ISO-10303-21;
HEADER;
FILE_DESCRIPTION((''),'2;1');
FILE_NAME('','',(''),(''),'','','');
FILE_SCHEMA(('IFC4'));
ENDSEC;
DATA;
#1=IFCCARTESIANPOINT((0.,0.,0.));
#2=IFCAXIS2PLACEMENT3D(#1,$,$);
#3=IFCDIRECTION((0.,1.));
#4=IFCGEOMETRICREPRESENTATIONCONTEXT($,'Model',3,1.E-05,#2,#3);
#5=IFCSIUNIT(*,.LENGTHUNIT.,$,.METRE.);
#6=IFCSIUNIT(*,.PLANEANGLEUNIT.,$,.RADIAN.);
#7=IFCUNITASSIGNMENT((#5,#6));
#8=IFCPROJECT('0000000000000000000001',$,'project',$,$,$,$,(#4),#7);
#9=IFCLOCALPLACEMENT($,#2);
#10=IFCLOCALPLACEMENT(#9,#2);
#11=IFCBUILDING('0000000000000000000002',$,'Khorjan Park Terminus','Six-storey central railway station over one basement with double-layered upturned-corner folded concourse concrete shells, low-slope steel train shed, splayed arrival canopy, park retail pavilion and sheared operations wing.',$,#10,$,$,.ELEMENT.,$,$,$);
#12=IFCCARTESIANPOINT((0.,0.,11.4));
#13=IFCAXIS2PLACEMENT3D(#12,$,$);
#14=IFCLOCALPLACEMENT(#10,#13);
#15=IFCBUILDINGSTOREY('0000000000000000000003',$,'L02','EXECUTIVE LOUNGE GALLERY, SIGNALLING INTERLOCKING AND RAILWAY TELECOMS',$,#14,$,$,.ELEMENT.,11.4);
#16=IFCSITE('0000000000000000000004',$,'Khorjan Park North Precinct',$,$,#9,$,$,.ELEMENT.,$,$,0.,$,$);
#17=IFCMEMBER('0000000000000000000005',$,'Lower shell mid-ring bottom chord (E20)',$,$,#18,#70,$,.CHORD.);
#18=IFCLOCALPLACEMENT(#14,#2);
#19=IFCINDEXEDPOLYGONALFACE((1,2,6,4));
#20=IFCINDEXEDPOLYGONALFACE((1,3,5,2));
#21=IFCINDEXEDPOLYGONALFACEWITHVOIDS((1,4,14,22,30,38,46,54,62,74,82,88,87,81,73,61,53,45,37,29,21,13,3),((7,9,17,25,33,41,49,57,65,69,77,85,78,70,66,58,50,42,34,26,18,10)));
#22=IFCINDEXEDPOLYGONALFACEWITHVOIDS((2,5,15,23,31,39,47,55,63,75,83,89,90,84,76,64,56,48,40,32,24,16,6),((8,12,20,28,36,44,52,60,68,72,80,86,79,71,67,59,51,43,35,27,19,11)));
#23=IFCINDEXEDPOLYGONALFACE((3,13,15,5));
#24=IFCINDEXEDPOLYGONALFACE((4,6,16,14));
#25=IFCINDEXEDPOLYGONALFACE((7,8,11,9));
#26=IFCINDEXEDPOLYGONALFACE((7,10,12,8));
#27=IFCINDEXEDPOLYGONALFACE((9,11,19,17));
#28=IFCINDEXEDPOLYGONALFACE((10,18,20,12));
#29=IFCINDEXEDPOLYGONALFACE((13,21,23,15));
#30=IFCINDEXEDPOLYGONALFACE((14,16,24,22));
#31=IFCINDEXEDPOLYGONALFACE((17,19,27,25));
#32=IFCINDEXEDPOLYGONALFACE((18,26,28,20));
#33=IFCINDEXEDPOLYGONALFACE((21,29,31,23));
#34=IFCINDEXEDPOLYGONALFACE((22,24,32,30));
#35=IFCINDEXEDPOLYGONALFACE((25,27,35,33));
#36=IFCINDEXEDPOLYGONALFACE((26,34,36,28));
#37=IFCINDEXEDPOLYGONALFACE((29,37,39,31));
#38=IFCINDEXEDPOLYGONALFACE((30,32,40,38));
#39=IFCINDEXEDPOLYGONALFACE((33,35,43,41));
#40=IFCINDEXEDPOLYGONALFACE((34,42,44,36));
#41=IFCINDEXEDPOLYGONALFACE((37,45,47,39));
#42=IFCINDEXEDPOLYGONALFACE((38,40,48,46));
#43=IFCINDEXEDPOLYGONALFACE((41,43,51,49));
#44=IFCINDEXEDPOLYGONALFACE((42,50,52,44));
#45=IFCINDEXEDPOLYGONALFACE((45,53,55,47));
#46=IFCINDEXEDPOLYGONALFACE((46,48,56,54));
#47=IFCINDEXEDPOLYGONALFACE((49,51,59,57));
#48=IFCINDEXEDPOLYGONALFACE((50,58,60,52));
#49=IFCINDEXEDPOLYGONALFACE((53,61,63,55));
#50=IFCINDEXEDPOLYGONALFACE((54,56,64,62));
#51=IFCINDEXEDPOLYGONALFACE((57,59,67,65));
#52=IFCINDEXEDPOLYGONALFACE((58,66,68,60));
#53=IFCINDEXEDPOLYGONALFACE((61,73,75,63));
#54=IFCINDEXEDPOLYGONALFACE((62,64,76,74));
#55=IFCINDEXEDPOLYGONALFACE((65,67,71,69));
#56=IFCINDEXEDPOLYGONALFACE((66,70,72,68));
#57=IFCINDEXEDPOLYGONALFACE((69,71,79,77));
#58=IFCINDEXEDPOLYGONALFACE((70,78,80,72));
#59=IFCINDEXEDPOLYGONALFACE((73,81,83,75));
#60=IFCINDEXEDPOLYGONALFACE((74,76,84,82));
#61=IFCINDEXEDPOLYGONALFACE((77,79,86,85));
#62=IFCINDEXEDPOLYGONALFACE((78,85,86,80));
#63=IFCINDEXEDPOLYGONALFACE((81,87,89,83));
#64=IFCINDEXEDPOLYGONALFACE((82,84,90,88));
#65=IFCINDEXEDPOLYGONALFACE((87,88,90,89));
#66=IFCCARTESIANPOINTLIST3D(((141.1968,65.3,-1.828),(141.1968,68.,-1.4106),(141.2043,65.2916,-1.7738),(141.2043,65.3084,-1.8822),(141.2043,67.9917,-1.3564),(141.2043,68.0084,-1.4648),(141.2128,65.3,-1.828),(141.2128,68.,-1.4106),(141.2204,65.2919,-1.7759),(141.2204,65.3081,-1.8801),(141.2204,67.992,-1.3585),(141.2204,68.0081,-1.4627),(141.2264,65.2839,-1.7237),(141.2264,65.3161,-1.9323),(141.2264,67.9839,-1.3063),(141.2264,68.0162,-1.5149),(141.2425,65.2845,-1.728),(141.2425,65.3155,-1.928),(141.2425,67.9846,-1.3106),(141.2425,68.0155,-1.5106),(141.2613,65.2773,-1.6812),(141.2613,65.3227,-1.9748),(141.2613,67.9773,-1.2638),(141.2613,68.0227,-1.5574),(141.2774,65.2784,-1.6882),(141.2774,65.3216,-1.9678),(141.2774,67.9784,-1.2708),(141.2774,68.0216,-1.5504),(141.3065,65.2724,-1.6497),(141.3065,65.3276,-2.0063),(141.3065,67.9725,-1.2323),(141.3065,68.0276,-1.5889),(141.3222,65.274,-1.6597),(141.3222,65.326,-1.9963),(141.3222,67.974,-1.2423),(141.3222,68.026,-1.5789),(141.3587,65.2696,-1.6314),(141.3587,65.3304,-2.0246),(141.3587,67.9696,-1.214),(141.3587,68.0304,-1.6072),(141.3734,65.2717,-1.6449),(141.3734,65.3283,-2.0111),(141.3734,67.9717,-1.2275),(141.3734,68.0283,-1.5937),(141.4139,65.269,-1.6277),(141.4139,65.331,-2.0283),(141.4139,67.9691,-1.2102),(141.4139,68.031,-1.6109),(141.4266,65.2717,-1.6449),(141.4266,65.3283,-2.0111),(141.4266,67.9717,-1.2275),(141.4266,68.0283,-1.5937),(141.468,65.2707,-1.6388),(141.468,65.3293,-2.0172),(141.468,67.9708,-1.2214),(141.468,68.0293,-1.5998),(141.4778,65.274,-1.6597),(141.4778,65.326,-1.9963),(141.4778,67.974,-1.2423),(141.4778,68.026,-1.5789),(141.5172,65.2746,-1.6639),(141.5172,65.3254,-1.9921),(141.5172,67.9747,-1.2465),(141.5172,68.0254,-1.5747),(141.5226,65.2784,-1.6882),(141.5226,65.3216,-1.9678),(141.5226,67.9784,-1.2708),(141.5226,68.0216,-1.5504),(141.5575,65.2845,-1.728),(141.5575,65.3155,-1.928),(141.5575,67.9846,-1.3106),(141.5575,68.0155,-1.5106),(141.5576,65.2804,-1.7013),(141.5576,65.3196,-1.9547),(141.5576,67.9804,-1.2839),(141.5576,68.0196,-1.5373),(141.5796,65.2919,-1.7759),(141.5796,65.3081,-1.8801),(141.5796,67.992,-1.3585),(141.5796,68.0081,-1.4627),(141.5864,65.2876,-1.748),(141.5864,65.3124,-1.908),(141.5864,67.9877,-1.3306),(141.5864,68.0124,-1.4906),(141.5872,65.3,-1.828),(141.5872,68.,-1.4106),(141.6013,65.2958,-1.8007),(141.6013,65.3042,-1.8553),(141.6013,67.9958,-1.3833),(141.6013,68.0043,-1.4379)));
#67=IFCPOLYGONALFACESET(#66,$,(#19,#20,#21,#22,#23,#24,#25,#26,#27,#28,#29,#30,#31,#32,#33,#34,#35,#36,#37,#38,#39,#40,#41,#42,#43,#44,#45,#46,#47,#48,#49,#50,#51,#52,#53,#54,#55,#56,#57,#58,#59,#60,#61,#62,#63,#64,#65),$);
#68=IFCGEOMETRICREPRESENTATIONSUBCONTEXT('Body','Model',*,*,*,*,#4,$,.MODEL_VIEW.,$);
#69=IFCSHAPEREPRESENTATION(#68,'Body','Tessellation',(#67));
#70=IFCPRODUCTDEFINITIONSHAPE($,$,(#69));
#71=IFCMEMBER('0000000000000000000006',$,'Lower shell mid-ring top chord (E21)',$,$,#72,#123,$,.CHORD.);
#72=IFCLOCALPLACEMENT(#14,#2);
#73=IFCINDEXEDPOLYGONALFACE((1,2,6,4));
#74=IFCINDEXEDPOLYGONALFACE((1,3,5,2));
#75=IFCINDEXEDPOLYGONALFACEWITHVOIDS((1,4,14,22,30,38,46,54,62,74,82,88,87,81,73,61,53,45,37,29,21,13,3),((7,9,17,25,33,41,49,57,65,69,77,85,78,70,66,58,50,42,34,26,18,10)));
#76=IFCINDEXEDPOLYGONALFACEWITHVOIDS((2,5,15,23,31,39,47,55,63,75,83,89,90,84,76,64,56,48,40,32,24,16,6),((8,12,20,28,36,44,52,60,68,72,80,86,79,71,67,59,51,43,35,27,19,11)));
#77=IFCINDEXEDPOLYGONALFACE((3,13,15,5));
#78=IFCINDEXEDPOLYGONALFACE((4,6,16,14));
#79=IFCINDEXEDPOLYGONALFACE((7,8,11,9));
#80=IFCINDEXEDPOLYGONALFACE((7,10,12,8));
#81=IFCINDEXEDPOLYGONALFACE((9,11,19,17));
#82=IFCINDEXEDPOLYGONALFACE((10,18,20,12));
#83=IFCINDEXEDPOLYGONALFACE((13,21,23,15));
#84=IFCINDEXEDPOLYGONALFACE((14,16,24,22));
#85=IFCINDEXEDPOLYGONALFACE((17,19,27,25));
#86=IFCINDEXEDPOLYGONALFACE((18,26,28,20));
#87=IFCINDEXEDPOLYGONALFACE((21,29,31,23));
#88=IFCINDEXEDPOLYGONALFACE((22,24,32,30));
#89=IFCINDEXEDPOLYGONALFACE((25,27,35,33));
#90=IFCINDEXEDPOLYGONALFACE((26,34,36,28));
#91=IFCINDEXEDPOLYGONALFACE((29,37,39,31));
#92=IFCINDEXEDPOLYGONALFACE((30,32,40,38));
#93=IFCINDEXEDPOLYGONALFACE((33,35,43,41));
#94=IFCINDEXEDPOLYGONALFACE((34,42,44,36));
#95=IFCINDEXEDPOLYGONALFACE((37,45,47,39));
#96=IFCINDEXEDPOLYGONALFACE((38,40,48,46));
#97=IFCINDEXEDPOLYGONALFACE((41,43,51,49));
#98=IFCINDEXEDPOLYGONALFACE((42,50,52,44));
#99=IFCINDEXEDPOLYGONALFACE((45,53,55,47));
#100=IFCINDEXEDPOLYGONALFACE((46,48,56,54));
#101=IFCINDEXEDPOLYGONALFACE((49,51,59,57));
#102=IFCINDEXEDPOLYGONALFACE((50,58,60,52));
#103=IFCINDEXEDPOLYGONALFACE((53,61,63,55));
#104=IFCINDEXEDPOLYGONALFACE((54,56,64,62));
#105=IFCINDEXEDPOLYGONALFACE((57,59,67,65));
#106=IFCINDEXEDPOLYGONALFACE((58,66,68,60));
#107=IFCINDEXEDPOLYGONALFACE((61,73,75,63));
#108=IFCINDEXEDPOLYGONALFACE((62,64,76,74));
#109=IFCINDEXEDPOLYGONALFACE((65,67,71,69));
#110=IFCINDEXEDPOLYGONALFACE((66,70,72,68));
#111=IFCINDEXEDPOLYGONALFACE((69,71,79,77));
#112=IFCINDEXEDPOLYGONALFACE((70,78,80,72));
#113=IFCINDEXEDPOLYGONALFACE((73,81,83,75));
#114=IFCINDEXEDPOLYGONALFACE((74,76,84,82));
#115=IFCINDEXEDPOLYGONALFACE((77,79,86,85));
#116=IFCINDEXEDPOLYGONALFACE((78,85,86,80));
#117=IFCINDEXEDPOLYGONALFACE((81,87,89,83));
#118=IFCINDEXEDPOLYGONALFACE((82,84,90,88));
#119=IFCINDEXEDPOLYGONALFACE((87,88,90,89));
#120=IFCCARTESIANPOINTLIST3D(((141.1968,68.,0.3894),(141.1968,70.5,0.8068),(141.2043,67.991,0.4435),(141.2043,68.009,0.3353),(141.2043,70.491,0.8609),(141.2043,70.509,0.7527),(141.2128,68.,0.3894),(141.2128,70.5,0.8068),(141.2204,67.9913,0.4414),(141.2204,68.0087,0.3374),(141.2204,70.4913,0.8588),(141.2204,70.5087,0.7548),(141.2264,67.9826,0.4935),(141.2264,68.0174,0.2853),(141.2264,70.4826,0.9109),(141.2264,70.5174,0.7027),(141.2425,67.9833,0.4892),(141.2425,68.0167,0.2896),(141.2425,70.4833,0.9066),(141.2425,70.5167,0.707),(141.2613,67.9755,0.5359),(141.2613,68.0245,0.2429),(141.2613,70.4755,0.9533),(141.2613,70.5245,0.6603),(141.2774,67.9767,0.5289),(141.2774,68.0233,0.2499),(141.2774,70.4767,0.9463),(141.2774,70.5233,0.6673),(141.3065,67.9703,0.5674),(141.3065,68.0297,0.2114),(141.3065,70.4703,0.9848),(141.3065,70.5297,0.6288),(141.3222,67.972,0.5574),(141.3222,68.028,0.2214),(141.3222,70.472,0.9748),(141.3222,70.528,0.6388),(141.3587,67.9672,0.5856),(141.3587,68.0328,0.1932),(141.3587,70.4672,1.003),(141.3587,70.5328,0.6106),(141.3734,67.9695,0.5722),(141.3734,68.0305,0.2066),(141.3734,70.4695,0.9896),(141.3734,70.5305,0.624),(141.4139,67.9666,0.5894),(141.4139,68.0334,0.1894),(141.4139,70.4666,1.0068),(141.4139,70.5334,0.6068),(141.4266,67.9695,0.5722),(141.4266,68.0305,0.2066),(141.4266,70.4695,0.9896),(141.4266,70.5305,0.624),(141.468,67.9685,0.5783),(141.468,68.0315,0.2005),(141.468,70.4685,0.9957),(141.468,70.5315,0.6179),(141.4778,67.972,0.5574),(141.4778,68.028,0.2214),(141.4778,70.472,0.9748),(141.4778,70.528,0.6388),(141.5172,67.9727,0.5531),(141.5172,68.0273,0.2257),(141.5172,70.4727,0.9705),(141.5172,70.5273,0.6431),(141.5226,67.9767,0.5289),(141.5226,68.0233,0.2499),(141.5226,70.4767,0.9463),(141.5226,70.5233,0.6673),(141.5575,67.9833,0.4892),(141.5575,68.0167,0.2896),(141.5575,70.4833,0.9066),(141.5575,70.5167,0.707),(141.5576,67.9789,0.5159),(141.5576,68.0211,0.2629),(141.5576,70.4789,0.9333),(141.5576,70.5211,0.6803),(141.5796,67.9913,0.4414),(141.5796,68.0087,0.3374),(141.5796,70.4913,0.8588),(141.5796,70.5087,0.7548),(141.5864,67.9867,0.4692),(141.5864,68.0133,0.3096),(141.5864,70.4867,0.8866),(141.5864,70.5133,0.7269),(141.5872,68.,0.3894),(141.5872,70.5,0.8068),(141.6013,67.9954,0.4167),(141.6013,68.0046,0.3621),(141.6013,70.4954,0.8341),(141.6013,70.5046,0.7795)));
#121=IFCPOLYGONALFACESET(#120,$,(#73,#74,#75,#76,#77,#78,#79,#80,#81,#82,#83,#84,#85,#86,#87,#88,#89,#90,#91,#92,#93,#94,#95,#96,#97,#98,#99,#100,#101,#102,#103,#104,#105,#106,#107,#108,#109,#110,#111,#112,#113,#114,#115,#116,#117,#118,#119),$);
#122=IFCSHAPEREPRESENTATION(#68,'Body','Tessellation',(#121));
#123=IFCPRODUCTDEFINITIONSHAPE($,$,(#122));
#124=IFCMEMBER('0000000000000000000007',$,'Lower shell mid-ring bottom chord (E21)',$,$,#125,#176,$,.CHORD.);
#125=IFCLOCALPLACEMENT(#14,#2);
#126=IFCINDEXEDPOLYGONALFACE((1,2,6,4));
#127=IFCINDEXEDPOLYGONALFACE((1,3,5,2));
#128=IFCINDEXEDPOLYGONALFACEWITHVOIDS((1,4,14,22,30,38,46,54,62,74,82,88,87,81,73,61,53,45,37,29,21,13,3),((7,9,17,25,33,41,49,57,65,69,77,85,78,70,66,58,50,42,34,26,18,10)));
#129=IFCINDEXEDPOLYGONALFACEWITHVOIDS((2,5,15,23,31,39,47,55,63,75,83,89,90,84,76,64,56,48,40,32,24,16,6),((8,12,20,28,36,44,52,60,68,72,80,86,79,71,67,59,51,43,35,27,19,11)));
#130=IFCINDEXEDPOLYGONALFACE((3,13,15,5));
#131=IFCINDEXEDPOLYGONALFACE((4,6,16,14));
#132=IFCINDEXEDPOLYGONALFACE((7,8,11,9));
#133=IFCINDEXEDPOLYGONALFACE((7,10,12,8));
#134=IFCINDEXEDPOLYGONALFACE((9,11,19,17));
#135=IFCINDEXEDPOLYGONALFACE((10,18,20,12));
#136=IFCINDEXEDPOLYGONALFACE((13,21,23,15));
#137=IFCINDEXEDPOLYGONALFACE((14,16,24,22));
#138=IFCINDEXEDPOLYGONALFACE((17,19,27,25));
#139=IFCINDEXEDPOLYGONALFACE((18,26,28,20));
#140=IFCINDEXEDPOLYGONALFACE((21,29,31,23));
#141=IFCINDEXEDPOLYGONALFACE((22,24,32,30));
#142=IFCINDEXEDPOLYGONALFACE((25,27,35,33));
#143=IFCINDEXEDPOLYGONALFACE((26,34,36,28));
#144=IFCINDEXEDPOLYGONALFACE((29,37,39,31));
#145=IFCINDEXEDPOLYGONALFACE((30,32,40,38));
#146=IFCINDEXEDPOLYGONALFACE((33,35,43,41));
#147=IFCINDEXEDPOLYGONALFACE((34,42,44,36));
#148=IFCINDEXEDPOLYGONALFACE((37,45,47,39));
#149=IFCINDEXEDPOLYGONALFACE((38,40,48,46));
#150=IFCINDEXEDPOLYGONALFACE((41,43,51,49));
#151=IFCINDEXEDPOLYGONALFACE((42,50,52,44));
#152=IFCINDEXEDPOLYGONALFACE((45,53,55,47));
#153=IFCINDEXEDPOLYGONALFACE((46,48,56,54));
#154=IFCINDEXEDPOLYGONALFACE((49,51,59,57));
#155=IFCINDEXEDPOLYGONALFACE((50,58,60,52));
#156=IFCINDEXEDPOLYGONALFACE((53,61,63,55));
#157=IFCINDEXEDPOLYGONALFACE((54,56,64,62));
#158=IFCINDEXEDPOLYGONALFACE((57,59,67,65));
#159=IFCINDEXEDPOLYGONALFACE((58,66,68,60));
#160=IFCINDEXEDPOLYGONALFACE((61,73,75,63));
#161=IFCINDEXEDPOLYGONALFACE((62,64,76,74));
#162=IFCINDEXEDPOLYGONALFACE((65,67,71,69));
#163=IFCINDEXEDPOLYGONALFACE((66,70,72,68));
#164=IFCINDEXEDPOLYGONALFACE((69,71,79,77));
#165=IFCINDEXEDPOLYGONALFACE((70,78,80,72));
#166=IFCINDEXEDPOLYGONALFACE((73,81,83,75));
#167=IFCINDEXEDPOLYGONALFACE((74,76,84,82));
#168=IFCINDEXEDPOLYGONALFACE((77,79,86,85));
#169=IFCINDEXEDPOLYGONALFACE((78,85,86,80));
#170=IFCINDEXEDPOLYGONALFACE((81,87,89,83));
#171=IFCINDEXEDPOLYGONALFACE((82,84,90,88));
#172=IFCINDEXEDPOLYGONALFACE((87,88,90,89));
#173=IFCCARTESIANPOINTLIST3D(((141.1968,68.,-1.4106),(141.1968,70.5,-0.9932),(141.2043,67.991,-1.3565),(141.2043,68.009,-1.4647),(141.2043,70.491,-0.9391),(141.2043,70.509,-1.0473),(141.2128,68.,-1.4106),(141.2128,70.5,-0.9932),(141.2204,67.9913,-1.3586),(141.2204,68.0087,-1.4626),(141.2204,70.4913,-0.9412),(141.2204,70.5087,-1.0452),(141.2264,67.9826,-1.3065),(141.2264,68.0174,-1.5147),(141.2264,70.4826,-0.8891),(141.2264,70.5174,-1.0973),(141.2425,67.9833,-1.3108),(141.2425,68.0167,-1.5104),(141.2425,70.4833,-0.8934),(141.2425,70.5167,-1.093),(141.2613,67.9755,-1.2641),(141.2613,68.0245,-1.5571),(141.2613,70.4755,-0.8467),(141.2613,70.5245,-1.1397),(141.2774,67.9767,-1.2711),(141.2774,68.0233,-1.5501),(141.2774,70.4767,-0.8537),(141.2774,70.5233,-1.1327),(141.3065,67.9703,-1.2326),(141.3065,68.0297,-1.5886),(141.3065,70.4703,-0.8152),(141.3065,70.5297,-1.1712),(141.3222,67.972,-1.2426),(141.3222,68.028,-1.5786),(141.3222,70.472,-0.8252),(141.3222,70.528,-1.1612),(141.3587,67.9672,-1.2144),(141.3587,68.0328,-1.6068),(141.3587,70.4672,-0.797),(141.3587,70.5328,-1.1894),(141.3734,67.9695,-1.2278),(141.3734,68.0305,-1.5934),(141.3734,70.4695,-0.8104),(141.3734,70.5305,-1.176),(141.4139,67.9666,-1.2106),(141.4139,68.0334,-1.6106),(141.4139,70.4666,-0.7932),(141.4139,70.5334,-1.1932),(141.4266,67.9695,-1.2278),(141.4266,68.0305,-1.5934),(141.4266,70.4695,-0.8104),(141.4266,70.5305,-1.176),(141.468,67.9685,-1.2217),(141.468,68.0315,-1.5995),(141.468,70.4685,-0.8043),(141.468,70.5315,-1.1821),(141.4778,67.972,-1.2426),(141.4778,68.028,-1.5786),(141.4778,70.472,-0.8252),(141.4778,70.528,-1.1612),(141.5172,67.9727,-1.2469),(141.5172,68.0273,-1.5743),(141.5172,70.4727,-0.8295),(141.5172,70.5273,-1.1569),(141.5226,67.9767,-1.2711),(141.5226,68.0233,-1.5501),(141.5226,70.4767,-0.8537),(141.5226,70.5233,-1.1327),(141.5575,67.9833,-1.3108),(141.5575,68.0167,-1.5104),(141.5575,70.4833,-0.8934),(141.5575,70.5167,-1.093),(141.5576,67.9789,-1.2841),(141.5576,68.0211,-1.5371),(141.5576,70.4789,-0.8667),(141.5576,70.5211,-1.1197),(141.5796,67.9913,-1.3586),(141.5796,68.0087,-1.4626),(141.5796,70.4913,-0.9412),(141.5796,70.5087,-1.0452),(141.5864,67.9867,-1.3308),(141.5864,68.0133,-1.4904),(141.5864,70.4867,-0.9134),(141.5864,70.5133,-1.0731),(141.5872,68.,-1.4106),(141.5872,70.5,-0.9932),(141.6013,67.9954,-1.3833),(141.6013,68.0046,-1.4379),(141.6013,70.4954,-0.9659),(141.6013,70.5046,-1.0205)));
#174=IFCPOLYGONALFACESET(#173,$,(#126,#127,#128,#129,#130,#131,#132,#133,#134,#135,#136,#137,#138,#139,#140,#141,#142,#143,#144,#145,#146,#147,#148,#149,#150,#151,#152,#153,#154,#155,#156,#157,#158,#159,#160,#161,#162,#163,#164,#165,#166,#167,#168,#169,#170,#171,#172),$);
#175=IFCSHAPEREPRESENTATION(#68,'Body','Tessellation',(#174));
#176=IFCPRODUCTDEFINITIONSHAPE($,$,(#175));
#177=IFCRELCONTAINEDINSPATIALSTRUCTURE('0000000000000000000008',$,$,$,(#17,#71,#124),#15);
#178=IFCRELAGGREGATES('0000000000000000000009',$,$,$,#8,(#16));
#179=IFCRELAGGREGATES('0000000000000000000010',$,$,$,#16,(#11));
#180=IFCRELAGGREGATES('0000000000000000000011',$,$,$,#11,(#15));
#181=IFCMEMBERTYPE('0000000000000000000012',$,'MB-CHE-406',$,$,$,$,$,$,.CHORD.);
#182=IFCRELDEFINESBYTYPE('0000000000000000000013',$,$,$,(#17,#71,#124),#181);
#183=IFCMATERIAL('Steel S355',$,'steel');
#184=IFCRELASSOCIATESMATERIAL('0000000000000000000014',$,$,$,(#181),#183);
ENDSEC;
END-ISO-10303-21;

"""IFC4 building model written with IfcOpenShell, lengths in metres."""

from ifc_helpers import new_model, si_unit, direction, frame, origin, origin_2d, place, context, subcontext, project, spatial, hollow_circle, extrude, material, material_profile, profile_set, type_object, element, save


model = new_model("IFC4")

# Units and contexts
model_context = context("Model", 3, precision=1e-05, world=origin(), true_north=direction((0.0, 1.0)))
body_context = subcontext(model_context, "Body", "Model", "MODEL_VIEW")
ifc_project = project(units=[si_unit("LENGTHUNIT", "METRE"), si_unit("PLANEANGLEUNIT", "RADIAN")], contexts=[model_context])

# Site, building, storey
site_placement = place(None, origin())
site = spatial("IfcSite", under=ifc_project, at=site_placement, Name="Khorjan Park North Precinct", CompositionType="ELEMENT", RefElevation=0.0)
building_placement = place(site_placement, origin())
building = spatial("IfcBuilding", under=site, at=building_placement, Name="Khorjan Park Terminus", Description="Six-storey central railway station over one basement with double-layered upturned-corner folded concourse concrete shells, low-slope steel train shed, splayed arrival canopy, park retail pavilion and sheared operations wing.", CompositionType="ELEMENT")
storey_placement = place(building_placement, frame((0.0, 0.0, 11.4)))
storey = spatial("IfcBuildingStorey", under=building, at=storey_placement, Name="L02", Description="EXECUTIVE LOUNGE GALLERY, SIGNALLING INTERLOCKING AND RAILWAY TELECOMS", CompositionType="ELEMENT", Elevation=11.4)

# Members
ifc_material_1 = material(Name="Steel S355", Category="steel")
ifc_material_profile_1 = material_profile(ifc_material_1, hollow_circle(Radius=0.2032, WallThickness=0.016, at=origin_2d()), Name="CHS 406.4x16")
ifc_profile_set_1 = profile_set([ifc_material_profile_1], Name="Steel S355")
member_type_1 = type_object("IfcMemberType", Name="MB-CHE-406", PredefinedType="CHORD", material=ifc_profile_set_1)
for number, where, z_axis, x_axis, name in (
    (1, (141.4, 65.3, -1.828), (0.0, 0.988261, 0.152778), (-1.0, 0.0, 0.0), "Lower shell mid-ring bottom chord (E20)"),
):
    element("IfcMember", number, at=place(storey_placement, frame(where, z_axis=z_axis, x_axis=x_axis)), inside=storey, type_object=member_type_1, Name=name, PredefinedType="CHORD", context=body_context, shape_type="SweptSolid", body=[
        extrude(hollow_circle(Radius=0.2032, WallThickness=0.016, at=origin_2d()), origin(), (0.0, 0.0, 1.0), 2.7321),
    ])
for number, where, z_axis, x_axis, name in (
    (2, (141.4, 68.0, 0.3894), (0.0, 0.986347, 0.16468), (-1.0, 0.0, 0.0), "Lower shell mid-ring top chord (E21)"),
    (3, (141.4, 68.0, -1.4106), (0.0, 0.986347, 0.16468), (-1.0, 0.0, 0.0), "Lower shell mid-ring bottom chord (E21)"),
):
    element("IfcMember", number, at=place(storey_placement, frame(where, z_axis=z_axis, x_axis=x_axis)), inside=storey, type_object=member_type_1, Name=name, PredefinedType="CHORD", context=body_context, shape_type="SweptSolid", body=[
        extrude(hollow_circle(Radius=0.2032, WallThickness=0.016, at=origin_2d()), origin(), (0.0, 0.0, 1.0), 2.5346),
    ])

save(model, "model.ifc")
